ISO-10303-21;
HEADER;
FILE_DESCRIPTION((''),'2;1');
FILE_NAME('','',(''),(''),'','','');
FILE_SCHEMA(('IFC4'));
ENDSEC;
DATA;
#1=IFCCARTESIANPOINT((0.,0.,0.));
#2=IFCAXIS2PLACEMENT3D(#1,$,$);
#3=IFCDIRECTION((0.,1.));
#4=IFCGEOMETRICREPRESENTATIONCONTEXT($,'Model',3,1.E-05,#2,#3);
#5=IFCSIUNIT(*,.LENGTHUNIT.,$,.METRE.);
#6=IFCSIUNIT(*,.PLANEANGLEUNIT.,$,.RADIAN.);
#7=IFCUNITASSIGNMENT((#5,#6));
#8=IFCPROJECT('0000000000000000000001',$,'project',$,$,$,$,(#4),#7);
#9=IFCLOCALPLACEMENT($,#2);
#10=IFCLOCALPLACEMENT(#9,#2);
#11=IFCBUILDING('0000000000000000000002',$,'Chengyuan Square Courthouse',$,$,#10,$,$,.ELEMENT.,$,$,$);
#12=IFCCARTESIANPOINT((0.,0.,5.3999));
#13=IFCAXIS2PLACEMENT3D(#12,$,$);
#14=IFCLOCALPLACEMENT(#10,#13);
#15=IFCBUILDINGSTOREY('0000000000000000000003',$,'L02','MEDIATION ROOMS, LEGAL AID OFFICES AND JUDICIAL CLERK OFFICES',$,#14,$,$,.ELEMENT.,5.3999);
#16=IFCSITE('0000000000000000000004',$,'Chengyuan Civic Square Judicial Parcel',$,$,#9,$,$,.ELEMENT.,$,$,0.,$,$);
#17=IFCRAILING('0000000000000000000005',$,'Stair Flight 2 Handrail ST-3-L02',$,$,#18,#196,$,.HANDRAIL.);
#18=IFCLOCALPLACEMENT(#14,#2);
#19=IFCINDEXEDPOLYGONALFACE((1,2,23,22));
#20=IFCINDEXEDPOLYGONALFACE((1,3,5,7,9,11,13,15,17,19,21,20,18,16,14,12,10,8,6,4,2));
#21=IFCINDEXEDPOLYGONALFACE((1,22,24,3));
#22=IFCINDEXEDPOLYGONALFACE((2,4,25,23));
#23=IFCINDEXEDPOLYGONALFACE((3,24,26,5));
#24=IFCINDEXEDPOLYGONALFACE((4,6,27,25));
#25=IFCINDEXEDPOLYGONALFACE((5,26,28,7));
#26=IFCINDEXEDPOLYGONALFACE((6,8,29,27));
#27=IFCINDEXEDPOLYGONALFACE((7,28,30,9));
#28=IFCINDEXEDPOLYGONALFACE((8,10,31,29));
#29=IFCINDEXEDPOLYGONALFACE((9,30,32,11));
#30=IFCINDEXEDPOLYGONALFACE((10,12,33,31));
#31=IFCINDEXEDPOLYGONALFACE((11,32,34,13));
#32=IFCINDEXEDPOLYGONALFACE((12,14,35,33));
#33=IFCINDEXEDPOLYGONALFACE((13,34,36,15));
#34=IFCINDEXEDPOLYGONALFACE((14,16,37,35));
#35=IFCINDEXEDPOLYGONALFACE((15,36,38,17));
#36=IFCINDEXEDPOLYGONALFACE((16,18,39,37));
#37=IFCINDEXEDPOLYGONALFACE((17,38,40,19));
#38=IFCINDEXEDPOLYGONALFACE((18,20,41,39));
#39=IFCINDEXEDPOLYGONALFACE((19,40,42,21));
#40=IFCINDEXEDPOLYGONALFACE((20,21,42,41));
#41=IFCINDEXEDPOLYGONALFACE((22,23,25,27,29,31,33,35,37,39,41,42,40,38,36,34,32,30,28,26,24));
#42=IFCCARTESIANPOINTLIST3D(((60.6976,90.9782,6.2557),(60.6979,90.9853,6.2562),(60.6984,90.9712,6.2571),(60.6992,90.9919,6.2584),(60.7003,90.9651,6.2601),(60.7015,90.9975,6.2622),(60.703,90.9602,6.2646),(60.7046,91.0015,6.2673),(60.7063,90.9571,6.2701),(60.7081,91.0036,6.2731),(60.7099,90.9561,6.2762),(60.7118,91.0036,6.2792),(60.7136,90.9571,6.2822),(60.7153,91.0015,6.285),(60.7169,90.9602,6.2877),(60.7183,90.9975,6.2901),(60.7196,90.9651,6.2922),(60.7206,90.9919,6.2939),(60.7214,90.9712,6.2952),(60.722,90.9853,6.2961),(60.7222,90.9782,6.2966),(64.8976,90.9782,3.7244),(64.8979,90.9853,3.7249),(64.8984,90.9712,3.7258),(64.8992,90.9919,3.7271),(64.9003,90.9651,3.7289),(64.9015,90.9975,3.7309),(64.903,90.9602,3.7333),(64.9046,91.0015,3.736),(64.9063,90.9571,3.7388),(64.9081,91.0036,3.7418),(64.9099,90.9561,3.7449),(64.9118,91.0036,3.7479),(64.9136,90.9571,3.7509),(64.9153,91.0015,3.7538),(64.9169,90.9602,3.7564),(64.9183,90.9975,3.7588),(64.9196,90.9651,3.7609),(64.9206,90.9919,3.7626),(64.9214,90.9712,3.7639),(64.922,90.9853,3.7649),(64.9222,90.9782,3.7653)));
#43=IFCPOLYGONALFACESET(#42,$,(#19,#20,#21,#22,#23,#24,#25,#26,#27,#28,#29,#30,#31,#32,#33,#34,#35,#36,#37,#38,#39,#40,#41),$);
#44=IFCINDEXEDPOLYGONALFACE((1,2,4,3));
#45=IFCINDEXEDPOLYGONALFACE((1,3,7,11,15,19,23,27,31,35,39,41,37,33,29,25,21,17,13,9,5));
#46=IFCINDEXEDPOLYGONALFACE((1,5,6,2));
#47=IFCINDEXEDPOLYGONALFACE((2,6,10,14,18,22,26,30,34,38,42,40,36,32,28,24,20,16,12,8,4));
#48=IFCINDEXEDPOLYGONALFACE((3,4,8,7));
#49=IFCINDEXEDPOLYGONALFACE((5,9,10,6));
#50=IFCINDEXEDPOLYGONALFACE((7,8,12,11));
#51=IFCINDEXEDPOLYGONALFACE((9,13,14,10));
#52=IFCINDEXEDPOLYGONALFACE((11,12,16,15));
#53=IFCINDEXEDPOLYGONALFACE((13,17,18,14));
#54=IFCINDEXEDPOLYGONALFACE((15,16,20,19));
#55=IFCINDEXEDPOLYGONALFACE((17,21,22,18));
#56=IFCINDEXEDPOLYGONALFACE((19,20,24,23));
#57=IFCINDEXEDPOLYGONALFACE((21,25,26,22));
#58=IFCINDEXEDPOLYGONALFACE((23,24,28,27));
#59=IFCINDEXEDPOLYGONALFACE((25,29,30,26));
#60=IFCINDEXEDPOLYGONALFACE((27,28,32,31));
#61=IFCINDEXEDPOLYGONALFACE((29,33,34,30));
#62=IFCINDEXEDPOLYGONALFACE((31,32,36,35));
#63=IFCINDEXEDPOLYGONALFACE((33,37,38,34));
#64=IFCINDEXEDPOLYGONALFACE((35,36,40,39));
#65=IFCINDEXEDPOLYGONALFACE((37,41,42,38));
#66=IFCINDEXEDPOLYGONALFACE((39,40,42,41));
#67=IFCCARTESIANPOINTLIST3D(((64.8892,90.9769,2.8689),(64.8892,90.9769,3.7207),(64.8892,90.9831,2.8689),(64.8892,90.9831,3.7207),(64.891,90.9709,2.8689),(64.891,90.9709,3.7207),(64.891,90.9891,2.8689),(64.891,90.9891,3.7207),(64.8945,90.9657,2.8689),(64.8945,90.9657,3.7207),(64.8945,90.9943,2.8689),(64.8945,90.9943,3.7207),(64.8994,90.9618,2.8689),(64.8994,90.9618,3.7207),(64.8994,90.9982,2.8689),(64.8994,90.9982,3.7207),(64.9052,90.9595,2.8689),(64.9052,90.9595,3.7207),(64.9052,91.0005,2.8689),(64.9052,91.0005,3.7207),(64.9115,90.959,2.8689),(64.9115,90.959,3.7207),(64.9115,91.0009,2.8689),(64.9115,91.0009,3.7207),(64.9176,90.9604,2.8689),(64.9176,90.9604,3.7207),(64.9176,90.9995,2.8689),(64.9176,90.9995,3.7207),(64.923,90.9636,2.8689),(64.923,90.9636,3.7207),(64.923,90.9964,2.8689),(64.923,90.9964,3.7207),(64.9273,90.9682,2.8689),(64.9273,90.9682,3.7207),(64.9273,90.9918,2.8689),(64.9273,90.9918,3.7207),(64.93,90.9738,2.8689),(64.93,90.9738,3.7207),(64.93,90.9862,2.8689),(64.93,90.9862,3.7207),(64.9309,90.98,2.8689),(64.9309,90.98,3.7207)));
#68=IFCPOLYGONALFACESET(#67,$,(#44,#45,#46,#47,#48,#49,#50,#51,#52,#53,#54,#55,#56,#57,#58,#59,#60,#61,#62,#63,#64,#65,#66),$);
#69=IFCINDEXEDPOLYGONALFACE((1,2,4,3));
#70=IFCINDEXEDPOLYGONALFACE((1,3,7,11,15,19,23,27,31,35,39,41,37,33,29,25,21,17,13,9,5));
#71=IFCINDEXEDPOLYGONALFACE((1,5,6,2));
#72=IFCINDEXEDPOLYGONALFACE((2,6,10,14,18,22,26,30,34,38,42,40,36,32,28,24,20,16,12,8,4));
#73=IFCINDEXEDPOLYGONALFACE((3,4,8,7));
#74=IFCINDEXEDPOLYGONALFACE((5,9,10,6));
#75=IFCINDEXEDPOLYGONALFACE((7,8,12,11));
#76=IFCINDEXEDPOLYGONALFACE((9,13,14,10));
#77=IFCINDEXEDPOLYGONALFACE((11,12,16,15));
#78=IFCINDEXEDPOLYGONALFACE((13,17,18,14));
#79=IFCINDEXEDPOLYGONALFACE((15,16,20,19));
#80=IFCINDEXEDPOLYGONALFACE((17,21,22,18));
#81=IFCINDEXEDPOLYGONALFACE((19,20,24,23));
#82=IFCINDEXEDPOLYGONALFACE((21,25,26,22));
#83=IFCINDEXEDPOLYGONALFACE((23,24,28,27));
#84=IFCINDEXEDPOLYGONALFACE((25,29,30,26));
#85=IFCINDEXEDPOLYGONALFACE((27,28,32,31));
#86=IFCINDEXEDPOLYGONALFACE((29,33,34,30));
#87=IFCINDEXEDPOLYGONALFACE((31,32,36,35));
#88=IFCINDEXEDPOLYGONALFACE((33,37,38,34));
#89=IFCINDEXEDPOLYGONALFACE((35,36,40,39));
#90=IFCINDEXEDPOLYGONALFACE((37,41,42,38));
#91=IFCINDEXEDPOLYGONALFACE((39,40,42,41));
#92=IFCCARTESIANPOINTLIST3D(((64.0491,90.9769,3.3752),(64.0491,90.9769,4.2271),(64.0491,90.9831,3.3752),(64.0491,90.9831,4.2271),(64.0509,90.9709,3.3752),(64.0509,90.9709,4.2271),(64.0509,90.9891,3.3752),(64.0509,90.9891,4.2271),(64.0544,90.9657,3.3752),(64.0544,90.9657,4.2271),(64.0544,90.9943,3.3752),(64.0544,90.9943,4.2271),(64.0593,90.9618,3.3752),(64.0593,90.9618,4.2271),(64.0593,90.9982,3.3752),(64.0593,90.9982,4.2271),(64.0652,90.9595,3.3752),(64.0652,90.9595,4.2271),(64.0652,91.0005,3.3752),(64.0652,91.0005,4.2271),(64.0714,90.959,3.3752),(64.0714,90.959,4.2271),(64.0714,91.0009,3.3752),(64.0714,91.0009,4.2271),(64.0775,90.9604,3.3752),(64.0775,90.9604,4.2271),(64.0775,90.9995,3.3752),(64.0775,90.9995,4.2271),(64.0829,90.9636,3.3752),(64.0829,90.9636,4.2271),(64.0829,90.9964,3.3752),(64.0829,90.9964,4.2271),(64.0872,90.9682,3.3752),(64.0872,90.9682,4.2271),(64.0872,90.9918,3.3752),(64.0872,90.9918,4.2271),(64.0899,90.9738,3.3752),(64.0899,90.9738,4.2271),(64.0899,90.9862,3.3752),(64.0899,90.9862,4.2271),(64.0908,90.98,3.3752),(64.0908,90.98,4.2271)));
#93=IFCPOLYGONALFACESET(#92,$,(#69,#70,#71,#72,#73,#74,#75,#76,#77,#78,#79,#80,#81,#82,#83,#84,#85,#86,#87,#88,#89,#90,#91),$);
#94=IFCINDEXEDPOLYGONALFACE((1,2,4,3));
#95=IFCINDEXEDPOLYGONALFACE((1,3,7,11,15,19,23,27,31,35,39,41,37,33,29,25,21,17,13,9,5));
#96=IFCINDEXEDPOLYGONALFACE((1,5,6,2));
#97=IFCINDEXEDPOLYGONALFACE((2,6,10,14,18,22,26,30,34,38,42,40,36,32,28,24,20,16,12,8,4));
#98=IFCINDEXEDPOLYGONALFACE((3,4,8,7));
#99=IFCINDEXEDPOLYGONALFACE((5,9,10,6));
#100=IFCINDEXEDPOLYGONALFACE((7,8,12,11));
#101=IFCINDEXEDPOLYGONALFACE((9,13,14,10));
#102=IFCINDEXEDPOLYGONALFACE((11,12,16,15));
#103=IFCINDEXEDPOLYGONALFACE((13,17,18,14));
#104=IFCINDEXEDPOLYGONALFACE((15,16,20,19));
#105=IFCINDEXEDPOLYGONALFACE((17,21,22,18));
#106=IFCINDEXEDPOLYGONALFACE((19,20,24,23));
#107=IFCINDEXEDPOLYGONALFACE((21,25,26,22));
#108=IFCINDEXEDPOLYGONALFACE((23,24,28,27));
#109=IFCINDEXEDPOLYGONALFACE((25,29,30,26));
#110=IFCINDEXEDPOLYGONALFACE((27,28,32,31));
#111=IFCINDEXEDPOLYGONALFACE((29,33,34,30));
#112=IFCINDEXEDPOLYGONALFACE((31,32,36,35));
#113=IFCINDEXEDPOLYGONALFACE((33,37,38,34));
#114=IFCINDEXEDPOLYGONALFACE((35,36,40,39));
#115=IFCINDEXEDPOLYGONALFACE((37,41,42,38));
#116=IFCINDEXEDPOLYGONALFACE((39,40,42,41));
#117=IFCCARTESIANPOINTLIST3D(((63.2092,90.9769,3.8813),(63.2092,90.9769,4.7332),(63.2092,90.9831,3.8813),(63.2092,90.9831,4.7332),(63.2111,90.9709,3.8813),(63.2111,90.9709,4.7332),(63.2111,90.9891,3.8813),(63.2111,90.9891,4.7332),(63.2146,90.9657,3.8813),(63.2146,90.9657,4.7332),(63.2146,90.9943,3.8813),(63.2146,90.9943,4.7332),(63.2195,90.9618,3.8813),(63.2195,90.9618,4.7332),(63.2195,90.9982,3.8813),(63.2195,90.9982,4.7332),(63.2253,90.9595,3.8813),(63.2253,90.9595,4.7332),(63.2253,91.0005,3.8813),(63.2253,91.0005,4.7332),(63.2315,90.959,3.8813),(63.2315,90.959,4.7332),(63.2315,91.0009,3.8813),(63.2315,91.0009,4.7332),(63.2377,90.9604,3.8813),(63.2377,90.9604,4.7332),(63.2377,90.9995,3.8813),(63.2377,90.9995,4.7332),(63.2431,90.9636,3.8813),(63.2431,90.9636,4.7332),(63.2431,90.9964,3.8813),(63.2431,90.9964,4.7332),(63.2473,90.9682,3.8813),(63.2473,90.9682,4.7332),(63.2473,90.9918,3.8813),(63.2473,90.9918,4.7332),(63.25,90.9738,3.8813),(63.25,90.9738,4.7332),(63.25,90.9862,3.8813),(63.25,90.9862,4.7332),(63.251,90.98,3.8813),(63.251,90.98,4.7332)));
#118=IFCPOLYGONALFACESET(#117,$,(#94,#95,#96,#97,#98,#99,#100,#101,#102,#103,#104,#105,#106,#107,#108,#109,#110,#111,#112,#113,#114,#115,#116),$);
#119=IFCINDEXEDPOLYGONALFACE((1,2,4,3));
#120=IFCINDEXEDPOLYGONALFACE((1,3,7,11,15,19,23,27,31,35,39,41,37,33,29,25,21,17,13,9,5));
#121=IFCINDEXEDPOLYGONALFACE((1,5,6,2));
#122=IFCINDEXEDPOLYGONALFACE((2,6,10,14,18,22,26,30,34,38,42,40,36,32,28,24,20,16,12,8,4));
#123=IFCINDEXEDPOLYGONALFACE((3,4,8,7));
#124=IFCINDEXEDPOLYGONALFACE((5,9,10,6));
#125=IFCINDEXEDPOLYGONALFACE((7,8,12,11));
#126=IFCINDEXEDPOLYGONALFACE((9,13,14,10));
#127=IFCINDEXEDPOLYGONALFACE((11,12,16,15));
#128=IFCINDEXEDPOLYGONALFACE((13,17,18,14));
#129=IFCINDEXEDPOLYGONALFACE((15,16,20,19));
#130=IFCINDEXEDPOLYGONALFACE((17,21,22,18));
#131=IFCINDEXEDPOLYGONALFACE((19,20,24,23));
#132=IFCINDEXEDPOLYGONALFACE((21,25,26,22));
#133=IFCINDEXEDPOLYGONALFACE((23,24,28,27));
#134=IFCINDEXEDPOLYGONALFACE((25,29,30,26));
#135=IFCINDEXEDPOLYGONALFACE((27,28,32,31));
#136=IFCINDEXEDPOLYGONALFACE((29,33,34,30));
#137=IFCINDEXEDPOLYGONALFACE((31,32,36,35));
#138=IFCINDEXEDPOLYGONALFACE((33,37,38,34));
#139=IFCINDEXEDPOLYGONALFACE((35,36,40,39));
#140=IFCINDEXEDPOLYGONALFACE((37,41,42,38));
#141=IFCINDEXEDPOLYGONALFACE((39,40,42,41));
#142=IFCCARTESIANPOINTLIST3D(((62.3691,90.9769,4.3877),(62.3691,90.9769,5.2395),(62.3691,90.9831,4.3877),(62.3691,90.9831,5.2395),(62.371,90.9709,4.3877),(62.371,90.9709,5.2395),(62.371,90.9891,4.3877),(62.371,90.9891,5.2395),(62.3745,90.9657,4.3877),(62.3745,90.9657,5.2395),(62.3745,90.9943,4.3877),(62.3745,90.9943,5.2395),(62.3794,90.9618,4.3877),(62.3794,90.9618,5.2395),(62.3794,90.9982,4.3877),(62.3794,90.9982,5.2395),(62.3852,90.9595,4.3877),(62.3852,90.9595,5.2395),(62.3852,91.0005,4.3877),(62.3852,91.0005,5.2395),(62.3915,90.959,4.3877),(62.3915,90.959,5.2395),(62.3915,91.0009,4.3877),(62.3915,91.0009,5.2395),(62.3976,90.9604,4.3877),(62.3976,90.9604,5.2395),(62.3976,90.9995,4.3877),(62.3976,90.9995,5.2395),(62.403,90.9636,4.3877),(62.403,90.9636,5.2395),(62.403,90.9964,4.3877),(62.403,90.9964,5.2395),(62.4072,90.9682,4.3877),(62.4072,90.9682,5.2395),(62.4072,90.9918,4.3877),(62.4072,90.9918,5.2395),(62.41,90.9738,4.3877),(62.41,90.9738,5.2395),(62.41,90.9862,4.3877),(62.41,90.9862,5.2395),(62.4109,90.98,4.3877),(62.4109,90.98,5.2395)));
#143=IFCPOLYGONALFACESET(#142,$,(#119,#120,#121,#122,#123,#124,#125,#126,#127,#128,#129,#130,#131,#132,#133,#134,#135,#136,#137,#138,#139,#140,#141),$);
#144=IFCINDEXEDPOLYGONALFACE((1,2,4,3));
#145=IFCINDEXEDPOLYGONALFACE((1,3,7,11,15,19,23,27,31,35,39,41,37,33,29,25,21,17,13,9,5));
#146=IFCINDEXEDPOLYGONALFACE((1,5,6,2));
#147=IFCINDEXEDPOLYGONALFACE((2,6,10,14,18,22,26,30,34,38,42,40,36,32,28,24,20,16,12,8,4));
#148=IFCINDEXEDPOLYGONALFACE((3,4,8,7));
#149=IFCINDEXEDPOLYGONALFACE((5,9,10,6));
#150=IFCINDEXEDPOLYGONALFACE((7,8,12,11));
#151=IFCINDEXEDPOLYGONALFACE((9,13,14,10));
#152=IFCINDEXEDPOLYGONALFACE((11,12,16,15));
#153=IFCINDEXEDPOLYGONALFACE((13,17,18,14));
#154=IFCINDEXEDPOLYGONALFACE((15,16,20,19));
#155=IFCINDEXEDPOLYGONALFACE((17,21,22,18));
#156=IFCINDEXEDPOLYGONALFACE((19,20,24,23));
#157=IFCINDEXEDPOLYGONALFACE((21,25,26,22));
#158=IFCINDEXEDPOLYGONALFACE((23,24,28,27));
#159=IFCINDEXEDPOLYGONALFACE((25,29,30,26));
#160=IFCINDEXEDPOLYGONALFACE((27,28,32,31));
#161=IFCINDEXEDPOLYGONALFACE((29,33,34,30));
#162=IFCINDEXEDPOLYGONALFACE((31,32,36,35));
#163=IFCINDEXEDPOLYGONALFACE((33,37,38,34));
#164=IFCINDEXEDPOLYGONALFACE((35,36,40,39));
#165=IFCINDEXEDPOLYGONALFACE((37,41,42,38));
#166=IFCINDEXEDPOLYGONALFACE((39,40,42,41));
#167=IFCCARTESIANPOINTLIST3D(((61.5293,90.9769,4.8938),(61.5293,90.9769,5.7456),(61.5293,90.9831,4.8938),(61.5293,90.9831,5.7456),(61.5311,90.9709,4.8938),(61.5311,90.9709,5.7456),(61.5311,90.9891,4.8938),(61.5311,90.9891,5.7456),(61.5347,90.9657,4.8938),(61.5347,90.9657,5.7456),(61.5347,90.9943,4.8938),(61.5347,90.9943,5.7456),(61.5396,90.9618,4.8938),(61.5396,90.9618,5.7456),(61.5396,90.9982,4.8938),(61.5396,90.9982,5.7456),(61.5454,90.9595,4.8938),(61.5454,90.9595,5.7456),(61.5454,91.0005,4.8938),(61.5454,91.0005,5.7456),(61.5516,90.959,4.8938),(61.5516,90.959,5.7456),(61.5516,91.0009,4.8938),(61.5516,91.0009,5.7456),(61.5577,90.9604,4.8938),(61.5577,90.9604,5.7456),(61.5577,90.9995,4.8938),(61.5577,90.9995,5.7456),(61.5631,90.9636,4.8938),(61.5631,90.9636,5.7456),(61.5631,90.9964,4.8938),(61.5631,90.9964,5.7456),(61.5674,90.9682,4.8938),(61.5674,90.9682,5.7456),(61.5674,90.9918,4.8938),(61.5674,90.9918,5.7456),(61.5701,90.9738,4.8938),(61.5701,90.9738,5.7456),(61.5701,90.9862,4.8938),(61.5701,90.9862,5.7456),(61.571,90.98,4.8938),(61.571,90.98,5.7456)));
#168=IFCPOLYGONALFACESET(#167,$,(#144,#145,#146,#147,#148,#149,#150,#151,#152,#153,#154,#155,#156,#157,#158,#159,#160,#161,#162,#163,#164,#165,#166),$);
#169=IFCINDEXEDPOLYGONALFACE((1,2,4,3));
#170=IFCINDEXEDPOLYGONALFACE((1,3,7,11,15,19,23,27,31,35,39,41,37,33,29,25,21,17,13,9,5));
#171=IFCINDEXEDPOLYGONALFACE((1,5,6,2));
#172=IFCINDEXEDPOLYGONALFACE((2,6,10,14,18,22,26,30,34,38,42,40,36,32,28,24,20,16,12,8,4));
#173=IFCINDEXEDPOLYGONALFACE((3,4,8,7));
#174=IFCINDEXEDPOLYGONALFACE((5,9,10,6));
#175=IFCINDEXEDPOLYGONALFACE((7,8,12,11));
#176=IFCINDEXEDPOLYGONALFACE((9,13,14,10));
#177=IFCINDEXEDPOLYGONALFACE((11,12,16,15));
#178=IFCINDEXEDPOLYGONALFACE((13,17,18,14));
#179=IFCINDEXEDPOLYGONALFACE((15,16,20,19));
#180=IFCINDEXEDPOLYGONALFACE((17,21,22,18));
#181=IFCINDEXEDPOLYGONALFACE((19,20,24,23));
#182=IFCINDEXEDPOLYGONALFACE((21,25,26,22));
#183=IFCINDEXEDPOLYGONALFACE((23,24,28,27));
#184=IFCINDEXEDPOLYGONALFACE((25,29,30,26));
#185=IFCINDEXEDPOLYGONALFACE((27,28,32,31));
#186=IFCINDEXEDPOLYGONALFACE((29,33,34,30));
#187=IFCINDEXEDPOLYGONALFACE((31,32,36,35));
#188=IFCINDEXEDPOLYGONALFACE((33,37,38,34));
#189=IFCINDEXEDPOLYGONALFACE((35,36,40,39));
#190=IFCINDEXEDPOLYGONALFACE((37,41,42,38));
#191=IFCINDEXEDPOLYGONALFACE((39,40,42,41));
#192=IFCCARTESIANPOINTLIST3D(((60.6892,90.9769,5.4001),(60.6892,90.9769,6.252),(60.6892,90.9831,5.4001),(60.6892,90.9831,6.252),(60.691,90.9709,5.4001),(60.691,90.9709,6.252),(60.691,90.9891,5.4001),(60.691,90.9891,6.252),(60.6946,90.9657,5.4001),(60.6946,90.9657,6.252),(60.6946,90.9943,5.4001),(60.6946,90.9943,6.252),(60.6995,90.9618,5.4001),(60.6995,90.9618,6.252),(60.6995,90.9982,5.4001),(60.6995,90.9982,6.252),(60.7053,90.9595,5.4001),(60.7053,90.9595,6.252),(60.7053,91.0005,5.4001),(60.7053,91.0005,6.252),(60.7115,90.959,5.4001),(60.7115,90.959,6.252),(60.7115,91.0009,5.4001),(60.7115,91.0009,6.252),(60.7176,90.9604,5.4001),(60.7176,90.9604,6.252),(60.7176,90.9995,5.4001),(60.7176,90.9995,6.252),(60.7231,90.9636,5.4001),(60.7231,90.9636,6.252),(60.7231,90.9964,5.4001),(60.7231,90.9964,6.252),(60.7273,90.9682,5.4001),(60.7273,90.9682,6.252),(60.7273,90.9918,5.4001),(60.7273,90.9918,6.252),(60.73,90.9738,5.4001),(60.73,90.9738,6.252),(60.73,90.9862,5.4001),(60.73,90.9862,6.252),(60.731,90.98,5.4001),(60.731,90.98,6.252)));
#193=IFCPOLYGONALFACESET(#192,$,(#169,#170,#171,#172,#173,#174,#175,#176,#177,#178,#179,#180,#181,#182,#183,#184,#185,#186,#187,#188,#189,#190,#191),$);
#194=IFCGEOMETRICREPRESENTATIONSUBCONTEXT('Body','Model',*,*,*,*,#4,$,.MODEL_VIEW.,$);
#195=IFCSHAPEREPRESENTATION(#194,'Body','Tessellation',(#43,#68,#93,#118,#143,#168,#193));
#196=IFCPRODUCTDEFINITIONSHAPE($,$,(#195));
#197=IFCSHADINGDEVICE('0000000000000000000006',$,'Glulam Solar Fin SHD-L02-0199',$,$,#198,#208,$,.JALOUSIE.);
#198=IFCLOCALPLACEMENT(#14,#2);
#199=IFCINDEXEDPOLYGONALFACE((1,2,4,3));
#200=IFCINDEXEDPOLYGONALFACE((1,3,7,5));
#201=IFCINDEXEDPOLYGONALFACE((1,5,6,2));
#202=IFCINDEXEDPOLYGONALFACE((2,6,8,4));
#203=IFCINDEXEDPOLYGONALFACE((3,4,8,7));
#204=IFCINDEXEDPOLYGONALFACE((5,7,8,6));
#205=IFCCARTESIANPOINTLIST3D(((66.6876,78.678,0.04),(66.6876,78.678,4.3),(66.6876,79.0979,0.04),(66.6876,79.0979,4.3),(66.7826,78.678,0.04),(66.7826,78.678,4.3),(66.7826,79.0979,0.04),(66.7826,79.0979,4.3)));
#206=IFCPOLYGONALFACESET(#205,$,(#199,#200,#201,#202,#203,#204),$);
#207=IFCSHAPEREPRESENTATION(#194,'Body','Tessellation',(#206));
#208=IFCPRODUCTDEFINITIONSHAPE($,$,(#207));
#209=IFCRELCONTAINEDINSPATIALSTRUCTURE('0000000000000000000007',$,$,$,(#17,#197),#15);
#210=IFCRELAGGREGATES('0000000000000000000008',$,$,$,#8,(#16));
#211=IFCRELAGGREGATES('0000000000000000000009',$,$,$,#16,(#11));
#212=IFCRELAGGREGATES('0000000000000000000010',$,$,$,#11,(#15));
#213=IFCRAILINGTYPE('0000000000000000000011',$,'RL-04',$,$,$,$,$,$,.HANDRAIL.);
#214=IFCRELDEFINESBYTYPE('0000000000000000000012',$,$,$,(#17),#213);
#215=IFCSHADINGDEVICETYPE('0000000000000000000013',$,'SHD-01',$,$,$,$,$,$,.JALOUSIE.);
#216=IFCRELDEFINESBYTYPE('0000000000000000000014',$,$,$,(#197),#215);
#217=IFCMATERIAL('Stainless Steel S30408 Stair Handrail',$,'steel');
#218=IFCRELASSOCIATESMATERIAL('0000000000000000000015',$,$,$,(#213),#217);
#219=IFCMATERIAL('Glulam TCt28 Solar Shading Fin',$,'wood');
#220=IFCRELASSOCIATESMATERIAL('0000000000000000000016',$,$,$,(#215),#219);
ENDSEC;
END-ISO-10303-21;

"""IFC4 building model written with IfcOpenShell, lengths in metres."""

from ifc_helpers import new_model, si_unit, direction, frame, origin, origin_2d, place, context, subcontext, project, spatial, rectangle, circle, extrude, material, type_object, element, save


model = new_model("IFC4")

# Units and contexts
model_context = context("Model", 3, precision=1e-05, world=origin(), true_north=direction((0.0, 1.0)))
body_context = subcontext(model_context, "Body", "Model", "MODEL_VIEW")
ifc_project = project(units=[si_unit("LENGTHUNIT", "METRE"), si_unit("PLANEANGLEUNIT", "RADIAN")], contexts=[model_context])

# Site, building, storey
site_placement = place(None, origin())
site = spatial("IfcSite", under=ifc_project, at=site_placement, Name="Chengyuan Civic Square Judicial Parcel", CompositionType="ELEMENT", RefElevation=0.0)
building_placement = place(site_placement, origin())
building = spatial("IfcBuilding", under=site, at=building_placement, Name="Chengyuan Square Courthouse", CompositionType="ELEMENT")
storey_placement = place(building_placement, frame((0.0, 0.0, 5.3999)))
storey = spatial("IfcBuildingStorey", under=building, at=storey_placement, Name="L02", Description="MEDIATION ROOMS, LEGAL AID OFFICES AND JUDICIAL CLERK OFFICES", CompositionType="ELEMENT", Elevation=5.3999)

# Railing
ifc_material_1 = material(Name="Stainless Steel S30408 Stair Handrail", Category="steel")
railing_type_1 = type_object("IfcRailingType", Name="RL-04", PredefinedType="HANDRAIL", material=ifc_material_1)
railing_1_placement = place(storey_placement, frame((64.9099, 90.98, 2.8689)))
element("IfcRailing", 1, at=railing_1_placement, inside=storey, type_object=railing_type_1, Name="Stair Flight 2 Handrail ST-3-L02", PredefinedType="HANDRAIL", context=body_context, shape_type="SweptSolid", body=[
    extrude(circle(Radius=0.0239, at=origin_2d()), frame((0.0, 0.0, 0.876), z_axis=(-0.856476, 0.0, 0.516186), x_axis=(0.0, -1.0, 0.0)), (0.0, 0.0, 1.0), 4.9038),
    extrude(circle(Radius=0.021, at=origin_2d()), origin(), (0.0, 0.0, 1.0), 0.8518),
    extrude(circle(Radius=0.021, at=origin_2d()), frame((-0.8401, 0.0, 0.5063)), (0.0, 0.0, 1.0), 0.8518),
    extrude(circle(Radius=0.021, at=origin_2d()), frame((-1.6799, 0.0, 1.0125)), (0.0, 0.0, 1.0), 0.8518),
    extrude(circle(Radius=0.021, at=origin_2d()), frame((-2.52, 0.0, 1.5188)), (0.0, 0.0, 1.0), 0.8518),
    extrude(circle(Radius=0.021, at=origin_2d()), frame((-3.3599, 0.0, 2.0249)), (0.0, 0.0, 1.0), 0.8518),
    extrude(circle(Radius=0.021, at=origin_2d()), frame((-4.2, 0.0, 2.5312)), (0.0, 0.0, 1.0), 0.8518),
])

# Shading device
ifc_material_2 = material(Name="Glulam TCt28 Solar Shading Fin", Category="wood")
shading_device_type_1 = type_object("IfcShadingDeviceType", Name="SHD-01", PredefinedType="JALOUSIE", material=ifc_material_2)
for number, where, z_axis, x_axis, name in (
    (2, (66.7351, 78.8879, 0.04), (0.0, 0.0, 1.0), (0.0, 1.0, 0.0), "Glulam Solar Fin SHD-L02-0199"),
):
    element("IfcShadingDevice", number, at=place(storey_placement, frame(where, z_axis=z_axis, x_axis=x_axis)), inside=storey, type_object=shading_device_type_1, Name=name, PredefinedType="JALOUSIE", context=body_context, shape_type="SweptSolid", body=[
        extrude(rectangle(XDim=0.4199, YDim=0.095, at=origin_2d()), origin(), (0.0, 0.0, 1.0), 4.26),
    ])

save(model, "model.ifc")
